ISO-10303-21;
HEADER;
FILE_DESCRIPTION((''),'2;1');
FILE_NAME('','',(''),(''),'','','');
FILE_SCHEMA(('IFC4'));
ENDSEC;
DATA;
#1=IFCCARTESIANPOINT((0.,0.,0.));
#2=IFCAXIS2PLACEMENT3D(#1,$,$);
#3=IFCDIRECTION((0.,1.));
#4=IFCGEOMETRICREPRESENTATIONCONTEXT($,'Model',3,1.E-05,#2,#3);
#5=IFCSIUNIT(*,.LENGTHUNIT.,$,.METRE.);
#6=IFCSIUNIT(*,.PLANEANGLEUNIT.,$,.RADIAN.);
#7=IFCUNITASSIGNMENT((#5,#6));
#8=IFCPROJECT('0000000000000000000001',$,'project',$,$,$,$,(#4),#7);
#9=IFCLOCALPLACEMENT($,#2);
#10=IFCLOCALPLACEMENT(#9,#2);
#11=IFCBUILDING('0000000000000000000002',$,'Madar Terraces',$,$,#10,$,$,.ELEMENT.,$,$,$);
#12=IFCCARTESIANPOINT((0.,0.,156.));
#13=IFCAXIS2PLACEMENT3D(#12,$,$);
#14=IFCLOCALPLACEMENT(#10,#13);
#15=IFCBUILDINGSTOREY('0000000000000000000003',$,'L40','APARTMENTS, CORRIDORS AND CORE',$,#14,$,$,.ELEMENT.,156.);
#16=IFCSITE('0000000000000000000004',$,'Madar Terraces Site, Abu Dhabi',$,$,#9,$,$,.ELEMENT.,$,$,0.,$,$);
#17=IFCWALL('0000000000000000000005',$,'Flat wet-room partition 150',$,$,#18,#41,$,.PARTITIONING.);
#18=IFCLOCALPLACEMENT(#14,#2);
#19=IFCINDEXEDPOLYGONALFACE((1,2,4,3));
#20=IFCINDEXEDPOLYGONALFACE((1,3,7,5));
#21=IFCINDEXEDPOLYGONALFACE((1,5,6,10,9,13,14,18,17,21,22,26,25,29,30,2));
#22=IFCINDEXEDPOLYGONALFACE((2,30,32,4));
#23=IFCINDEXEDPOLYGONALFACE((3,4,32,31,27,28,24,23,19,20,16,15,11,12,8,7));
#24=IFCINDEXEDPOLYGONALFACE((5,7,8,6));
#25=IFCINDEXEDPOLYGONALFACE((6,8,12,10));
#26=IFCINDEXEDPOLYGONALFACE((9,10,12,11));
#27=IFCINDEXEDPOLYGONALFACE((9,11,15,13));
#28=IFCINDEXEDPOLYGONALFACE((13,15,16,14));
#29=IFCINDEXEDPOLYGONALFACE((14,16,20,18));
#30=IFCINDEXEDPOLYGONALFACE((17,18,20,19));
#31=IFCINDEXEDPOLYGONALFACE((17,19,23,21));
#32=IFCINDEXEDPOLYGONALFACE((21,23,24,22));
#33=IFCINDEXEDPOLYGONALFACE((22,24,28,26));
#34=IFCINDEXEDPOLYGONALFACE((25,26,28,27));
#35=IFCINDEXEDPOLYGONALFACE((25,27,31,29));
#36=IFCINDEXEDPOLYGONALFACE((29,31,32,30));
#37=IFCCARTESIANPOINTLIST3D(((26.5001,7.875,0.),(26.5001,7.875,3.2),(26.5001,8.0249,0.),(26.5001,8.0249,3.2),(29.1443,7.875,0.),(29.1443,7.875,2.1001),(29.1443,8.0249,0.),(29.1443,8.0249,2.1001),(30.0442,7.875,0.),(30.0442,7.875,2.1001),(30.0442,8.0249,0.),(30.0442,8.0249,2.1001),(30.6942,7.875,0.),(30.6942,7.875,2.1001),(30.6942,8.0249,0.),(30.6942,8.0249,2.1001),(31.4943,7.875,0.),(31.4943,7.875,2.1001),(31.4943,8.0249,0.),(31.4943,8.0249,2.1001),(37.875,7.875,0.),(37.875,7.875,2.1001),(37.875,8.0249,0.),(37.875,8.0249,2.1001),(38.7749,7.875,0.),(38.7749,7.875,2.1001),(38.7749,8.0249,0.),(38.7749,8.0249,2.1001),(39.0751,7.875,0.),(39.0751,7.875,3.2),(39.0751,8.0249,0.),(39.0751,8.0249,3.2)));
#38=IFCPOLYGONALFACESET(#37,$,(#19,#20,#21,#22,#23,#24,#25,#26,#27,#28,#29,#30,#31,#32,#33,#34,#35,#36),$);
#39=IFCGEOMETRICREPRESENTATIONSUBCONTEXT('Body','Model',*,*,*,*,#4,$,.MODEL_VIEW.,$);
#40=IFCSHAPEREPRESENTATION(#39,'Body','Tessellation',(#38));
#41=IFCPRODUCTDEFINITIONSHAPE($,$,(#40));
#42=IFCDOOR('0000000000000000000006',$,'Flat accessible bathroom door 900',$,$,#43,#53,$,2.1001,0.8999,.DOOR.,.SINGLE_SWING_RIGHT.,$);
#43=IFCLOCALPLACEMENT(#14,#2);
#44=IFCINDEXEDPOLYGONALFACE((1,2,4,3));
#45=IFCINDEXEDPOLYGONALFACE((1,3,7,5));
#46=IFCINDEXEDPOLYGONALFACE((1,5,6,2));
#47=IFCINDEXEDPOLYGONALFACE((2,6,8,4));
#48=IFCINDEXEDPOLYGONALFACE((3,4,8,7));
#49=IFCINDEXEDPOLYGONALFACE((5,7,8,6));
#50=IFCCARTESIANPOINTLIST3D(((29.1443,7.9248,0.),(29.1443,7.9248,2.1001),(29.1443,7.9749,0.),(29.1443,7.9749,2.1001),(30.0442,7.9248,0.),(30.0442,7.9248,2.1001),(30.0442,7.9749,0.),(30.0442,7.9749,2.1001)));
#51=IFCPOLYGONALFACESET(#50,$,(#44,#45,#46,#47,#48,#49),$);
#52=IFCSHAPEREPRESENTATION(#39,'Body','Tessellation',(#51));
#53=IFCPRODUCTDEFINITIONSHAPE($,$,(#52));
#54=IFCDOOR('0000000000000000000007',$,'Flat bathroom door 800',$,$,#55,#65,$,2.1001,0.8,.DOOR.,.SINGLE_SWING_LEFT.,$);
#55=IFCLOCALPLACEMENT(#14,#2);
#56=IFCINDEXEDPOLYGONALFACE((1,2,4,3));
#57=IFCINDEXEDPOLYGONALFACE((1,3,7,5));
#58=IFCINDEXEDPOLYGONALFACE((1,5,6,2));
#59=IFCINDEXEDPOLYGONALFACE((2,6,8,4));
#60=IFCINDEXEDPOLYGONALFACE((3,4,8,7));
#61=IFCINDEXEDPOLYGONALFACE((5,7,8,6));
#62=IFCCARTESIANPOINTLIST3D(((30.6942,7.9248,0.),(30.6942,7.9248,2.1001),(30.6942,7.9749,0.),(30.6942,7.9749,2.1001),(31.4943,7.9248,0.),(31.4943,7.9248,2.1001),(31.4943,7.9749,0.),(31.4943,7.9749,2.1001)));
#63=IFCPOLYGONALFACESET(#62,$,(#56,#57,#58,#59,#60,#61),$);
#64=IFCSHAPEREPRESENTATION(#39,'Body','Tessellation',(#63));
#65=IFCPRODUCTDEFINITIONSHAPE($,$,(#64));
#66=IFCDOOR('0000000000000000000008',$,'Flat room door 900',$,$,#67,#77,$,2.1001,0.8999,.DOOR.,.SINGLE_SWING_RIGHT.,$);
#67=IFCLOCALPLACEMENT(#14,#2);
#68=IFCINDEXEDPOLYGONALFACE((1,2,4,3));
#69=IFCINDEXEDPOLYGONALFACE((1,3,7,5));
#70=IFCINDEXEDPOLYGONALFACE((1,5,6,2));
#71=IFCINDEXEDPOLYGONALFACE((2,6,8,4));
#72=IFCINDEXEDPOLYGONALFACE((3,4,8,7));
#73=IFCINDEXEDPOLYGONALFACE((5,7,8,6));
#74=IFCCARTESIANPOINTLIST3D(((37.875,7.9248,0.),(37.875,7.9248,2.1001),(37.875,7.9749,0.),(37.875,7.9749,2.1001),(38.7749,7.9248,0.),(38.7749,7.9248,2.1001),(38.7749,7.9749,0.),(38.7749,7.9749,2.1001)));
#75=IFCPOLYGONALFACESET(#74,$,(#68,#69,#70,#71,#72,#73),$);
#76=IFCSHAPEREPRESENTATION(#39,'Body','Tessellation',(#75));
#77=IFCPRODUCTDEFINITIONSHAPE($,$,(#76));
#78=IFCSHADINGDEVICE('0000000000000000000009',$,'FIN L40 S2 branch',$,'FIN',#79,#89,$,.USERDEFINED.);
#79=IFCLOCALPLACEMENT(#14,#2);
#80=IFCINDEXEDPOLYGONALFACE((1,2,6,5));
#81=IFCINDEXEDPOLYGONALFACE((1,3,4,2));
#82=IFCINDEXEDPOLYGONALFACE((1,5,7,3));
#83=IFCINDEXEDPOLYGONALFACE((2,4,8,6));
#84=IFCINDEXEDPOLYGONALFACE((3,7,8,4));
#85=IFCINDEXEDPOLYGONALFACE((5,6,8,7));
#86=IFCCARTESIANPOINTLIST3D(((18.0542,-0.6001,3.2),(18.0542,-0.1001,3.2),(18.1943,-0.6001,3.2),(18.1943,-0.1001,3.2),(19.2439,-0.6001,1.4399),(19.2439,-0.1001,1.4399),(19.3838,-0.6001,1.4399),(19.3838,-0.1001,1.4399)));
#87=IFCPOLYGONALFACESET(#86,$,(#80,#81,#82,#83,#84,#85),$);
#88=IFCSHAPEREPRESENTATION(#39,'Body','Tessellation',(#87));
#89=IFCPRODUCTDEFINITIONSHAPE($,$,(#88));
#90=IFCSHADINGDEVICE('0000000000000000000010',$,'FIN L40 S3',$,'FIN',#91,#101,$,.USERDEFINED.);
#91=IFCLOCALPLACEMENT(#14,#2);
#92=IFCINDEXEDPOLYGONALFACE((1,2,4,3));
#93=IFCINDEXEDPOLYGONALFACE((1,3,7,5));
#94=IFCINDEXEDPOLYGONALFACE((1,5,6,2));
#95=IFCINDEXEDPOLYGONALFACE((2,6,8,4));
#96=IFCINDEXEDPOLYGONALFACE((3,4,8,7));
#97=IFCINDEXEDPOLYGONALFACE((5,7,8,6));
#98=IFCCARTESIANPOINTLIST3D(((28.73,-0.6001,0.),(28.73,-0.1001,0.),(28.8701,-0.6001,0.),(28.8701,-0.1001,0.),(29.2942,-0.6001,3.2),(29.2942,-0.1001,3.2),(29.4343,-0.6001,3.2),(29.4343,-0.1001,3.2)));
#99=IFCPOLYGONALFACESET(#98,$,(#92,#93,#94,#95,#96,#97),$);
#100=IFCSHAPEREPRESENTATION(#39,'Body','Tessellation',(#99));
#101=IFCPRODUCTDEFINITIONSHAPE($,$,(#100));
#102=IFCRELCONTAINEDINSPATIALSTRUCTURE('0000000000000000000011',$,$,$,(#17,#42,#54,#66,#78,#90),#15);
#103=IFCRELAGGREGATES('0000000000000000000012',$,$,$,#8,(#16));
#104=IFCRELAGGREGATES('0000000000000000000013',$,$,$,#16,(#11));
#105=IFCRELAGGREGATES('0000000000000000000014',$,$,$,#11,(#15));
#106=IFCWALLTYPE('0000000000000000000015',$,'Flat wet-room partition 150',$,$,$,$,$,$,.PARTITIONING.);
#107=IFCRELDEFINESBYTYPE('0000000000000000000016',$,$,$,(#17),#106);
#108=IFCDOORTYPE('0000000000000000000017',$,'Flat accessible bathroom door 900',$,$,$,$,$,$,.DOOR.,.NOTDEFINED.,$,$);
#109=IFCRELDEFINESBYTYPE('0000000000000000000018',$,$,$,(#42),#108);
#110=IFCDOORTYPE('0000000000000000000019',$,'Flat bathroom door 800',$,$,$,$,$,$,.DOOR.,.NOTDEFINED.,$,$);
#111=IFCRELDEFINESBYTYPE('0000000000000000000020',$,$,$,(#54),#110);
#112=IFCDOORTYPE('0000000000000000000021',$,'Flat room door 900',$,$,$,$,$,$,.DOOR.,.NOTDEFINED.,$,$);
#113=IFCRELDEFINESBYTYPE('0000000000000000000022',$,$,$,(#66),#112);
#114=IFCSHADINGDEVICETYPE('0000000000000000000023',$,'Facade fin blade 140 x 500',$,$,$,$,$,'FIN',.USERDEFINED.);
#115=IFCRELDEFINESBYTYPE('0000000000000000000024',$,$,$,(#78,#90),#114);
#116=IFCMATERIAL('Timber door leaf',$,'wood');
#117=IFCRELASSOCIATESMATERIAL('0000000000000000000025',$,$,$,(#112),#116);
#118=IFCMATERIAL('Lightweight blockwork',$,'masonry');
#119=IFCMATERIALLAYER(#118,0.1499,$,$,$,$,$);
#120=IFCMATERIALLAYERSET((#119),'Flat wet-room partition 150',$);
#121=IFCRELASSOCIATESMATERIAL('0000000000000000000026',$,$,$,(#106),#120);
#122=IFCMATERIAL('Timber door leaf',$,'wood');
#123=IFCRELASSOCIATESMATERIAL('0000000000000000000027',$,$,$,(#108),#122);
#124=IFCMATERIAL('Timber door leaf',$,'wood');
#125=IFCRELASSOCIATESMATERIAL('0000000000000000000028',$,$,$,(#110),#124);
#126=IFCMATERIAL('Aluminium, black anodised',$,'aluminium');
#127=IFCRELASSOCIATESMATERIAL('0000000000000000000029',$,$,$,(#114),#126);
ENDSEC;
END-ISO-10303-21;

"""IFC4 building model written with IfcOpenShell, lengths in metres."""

from ifc_helpers import new_model, si_unit, direction, frame, frame_2d, origin, place, context, subcontext, project, spatial, polyline, rectangle, outline, extrude, material, layer, layer_set, type_object, element, fill, save


model = new_model("IFC4")

# Units and contexts
model_context = context("Model", 3, precision=1e-05, world=origin(), true_north=direction((0.0, 1.0)))
body_context = subcontext(model_context, "Body", "Model", "MODEL_VIEW")
ifc_project = project(units=[si_unit("LENGTHUNIT", "METRE"), si_unit("PLANEANGLEUNIT", "RADIAN")], contexts=[model_context])

# Site, building, storey
site_placement = place(None, origin())
site = spatial("IfcSite", under=ifc_project, at=site_placement, Name="Madar Terraces Site, Abu Dhabi", CompositionType="ELEMENT", RefElevation=0.0)
building_placement = place(site_placement, origin())
building = spatial("IfcBuilding", under=site, at=building_placement, Name="Madar Terraces", CompositionType="ELEMENT")
storey_placement = place(building_placement, frame((0.0, 0.0, 156.0)))
storey = spatial("IfcBuildingStorey", under=building, at=storey_placement, Name="L40", Description="APARTMENTS, CORRIDORS AND CORE", CompositionType="ELEMENT", Elevation=156.0)

# Shared definitions
ifc_material_1 = material(Name="Timber door leaf", Category="wood")
door_type_1 = type_object("IfcDoorType", Name="Flat room door 900", OperationType="NOTDEFINED", PredefinedType="DOOR", material=ifc_material_1)

# Shared definitions
ifc_material_2 = material(Name="Lightweight blockwork", Category="masonry")
ifc_layer_1 = layer(ifc_material_2, 0.1499)
ifc_layer_set_1 = layer_set([ifc_layer_1], Name="Flat wet-room partition 150")
wall_type_1 = type_object("IfcWallType", Name="Flat wet-room partition 150", PredefinedType="PARTITIONING", material=ifc_layer_set_1)

# Wall, openings, doors
wall_1_placement = place(storey_placement, frame((26.5, 7.95, 0.0), z_axis=(0.0, 0.0, 1.0), x_axis=(1.0, 0.0, 0.0)))
wall_1 = element("IfcWall", 1, at=wall_1_placement, inside=storey, type_object=wall_type_1, Name="Flat wet-room partition 150", PredefinedType="PARTITIONING", context=body_context, shape_type="SweptSolid", body=[
    extrude(rectangle(XDim=12.575, YDim=0.1499, at=frame_2d((6.2876, 0.0))), origin(), (0.0, 0.0, 1.0), 3.2),
])
opening_1_placement = place(wall_1_placement, frame((11.375, 0.0, 0.0)))
opening_1 = element("IfcOpeningElement", 2, at=opening_1_placement, cuts=wall_1, PredefinedType="OPENING", context=body_context, shape_type="SweptSolid", body=[
    extrude(rectangle(XDim=0.8999, YDim=2.1001, at=frame_2d((0.45, 1.05))), frame((0.0, 0.085, 0.0), z_axis=(0.0, -1.0, 0.0), x_axis=(1.0, 0.0, 0.0)), (0.0, 0.0, 1.0), 0.1699),
])
opening_2_placement = place(wall_1_placement, frame((4.1943, 0.0, 0.0)))
opening_2 = element("IfcOpeningElement", 3, at=opening_2_placement, cuts=wall_1, PredefinedType="OPENING", context=body_context, shape_type="SweptSolid", body=[
    extrude(rectangle(XDim=0.8, YDim=2.1001, at=frame_2d((0.3999, 1.05))), frame((0.0, 0.085, 0.0), z_axis=(0.0, -1.0, 0.0), x_axis=(1.0, 0.0, 0.0)), (0.0, 0.0, 1.0), 0.1699),
])
opening_3_placement = place(wall_1_placement, frame((2.6443, 0.0, 0.0)))
opening_3 = element("IfcOpeningElement", 4, at=opening_3_placement, cuts=wall_1, PredefinedType="OPENING", context=body_context, shape_type="SweptSolid", body=[
    extrude(rectangle(XDim=0.8999, YDim=2.1001, at=frame_2d((0.45, 1.05))), frame((0.0, 0.085, 0.0), z_axis=(0.0, -1.0, 0.0), x_axis=(1.0, 0.0, 0.0)), (0.0, 0.0, 1.0), 0.1699),
])
ifc_material_3 = material(Name="Timber door leaf", Category="wood")
door_type_2 = type_object("IfcDoorType", Name="Flat accessible bathroom door 900", OperationType="NOTDEFINED", PredefinedType="DOOR", material=ifc_material_3)
door_1_placement = place(opening_3_placement, origin())
door_1 = element("IfcDoor", 5, at=door_1_placement, inside=storey, type_object=door_type_2, Name="Flat accessible bathroom door 900", OperationType="SINGLE_SWING_RIGHT", OverallHeight=2.1001, OverallWidth=0.8999, PredefinedType="DOOR", context=body_context, shape_type="SweptSolid", body=[
    extrude(rectangle(XDim=0.8999, YDim=2.1001, at=frame_2d((0.45, 1.05))), frame((0.0, 0.0249, 0.0), z_axis=(0.0, -1.0, 0.0), x_axis=(1.0, 0.0, 0.0)), (0.0, 0.0, 1.0), 0.05),
])
fill(opening_3, door_1)
ifc_material_4 = material(Name="Timber door leaf", Category="wood")
door_type_3 = type_object("IfcDoorType", Name="Flat bathroom door 800", OperationType="NOTDEFINED", PredefinedType="DOOR", material=ifc_material_4)
door_2_placement = place(opening_2_placement, origin())
door_2 = element("IfcDoor", 6, at=door_2_placement, inside=storey, type_object=door_type_3, Name="Flat bathroom door 800", OperationType="SINGLE_SWING_LEFT", OverallHeight=2.1001, OverallWidth=0.8, PredefinedType="DOOR", context=body_context, shape_type="SweptSolid", body=[
    extrude(rectangle(XDim=0.8, YDim=2.1001, at=frame_2d((0.3999, 1.05))), frame((0.0, 0.0249, 0.0), z_axis=(0.0, -1.0, 0.0), x_axis=(1.0, 0.0, 0.0)), (0.0, 0.0, 1.0), 0.05),
])
fill(opening_2, door_2)
door_3_placement = place(opening_1_placement, origin())
door_3 = element("IfcDoor", 7, at=door_3_placement, inside=storey, type_object=door_type_1, Name="Flat room door 900", OperationType="SINGLE_SWING_RIGHT", OverallHeight=2.1001, OverallWidth=0.8999, PredefinedType="DOOR", context=body_context, shape_type="SweptSolid", body=[
    extrude(rectangle(XDim=0.8999, YDim=2.1001, at=frame_2d((0.45, 1.05))), frame((0.0, 0.0249, 0.0), z_axis=(0.0, -1.0, 0.0), x_axis=(1.0, 0.0, 0.0)), (0.0, 0.0, 1.0), 0.05),
])
fill(opening_1, door_3)

# Shading devices
ifc_material_5 = material(Name="Aluminium, black anodised", Category="aluminium")
shading_device_type = type_object("IfcShadingDeviceType", Name="Facade fin blade 140 x 500", ElementType="FIN", PredefinedType="USERDEFINED", material=ifc_material_5)
shading_device_1_placement = place(storey_placement, frame((19.2439, -0.3501, 1.4399), z_axis=(0.0, 0.0, 1.0), x_axis=(1.0, 0.0, 0.0)))
element("IfcShadingDevice", 8, at=shading_device_1_placement, inside=storey, type_object=shading_device_type, Name="FIN L40 S2 branch", ObjectType="FIN", PredefinedType="USERDEFINED", context=body_context, shape_type="SweptSolid", body=[
    extrude(outline(polyline([(0.0, 0.0), (0.1399, 0.0), (-1.0496, 1.76), (-1.1897, 1.76), (0.0, 0.0)])), frame((0.0, 0.25, 0.0), z_axis=(0.0, -1.0, 0.0), x_axis=(1.0, 0.0, 0.0)), (0.0, 0.0, 1.0), 0.5),
])
shading_device_2_placement = place(storey_placement, frame((28.73, -0.3501, 0.0), z_axis=(0.0, 0.0, 1.0), x_axis=(1.0, 0.0, 0.0)))
element("IfcShadingDevice", 9, at=shading_device_2_placement, inside=storey, type_object=shading_device_type, Name="FIN L40 S3", ObjectType="FIN", PredefinedType="USERDEFINED", context=body_context, shape_type="SweptSolid", body=[
    extrude(outline(polyline([(0.0, 0.0), (0.1401, 0.0), (0.7043, 3.2), (0.5642, 3.2), (0.0, 0.0)])), frame((0.0, 0.25, 0.0), z_axis=(0.0, -1.0, 0.0), x_axis=(1.0, 0.0, 0.0)), (0.0, 0.0, 1.0), 0.5),
])

save(model, "model.ifc")
